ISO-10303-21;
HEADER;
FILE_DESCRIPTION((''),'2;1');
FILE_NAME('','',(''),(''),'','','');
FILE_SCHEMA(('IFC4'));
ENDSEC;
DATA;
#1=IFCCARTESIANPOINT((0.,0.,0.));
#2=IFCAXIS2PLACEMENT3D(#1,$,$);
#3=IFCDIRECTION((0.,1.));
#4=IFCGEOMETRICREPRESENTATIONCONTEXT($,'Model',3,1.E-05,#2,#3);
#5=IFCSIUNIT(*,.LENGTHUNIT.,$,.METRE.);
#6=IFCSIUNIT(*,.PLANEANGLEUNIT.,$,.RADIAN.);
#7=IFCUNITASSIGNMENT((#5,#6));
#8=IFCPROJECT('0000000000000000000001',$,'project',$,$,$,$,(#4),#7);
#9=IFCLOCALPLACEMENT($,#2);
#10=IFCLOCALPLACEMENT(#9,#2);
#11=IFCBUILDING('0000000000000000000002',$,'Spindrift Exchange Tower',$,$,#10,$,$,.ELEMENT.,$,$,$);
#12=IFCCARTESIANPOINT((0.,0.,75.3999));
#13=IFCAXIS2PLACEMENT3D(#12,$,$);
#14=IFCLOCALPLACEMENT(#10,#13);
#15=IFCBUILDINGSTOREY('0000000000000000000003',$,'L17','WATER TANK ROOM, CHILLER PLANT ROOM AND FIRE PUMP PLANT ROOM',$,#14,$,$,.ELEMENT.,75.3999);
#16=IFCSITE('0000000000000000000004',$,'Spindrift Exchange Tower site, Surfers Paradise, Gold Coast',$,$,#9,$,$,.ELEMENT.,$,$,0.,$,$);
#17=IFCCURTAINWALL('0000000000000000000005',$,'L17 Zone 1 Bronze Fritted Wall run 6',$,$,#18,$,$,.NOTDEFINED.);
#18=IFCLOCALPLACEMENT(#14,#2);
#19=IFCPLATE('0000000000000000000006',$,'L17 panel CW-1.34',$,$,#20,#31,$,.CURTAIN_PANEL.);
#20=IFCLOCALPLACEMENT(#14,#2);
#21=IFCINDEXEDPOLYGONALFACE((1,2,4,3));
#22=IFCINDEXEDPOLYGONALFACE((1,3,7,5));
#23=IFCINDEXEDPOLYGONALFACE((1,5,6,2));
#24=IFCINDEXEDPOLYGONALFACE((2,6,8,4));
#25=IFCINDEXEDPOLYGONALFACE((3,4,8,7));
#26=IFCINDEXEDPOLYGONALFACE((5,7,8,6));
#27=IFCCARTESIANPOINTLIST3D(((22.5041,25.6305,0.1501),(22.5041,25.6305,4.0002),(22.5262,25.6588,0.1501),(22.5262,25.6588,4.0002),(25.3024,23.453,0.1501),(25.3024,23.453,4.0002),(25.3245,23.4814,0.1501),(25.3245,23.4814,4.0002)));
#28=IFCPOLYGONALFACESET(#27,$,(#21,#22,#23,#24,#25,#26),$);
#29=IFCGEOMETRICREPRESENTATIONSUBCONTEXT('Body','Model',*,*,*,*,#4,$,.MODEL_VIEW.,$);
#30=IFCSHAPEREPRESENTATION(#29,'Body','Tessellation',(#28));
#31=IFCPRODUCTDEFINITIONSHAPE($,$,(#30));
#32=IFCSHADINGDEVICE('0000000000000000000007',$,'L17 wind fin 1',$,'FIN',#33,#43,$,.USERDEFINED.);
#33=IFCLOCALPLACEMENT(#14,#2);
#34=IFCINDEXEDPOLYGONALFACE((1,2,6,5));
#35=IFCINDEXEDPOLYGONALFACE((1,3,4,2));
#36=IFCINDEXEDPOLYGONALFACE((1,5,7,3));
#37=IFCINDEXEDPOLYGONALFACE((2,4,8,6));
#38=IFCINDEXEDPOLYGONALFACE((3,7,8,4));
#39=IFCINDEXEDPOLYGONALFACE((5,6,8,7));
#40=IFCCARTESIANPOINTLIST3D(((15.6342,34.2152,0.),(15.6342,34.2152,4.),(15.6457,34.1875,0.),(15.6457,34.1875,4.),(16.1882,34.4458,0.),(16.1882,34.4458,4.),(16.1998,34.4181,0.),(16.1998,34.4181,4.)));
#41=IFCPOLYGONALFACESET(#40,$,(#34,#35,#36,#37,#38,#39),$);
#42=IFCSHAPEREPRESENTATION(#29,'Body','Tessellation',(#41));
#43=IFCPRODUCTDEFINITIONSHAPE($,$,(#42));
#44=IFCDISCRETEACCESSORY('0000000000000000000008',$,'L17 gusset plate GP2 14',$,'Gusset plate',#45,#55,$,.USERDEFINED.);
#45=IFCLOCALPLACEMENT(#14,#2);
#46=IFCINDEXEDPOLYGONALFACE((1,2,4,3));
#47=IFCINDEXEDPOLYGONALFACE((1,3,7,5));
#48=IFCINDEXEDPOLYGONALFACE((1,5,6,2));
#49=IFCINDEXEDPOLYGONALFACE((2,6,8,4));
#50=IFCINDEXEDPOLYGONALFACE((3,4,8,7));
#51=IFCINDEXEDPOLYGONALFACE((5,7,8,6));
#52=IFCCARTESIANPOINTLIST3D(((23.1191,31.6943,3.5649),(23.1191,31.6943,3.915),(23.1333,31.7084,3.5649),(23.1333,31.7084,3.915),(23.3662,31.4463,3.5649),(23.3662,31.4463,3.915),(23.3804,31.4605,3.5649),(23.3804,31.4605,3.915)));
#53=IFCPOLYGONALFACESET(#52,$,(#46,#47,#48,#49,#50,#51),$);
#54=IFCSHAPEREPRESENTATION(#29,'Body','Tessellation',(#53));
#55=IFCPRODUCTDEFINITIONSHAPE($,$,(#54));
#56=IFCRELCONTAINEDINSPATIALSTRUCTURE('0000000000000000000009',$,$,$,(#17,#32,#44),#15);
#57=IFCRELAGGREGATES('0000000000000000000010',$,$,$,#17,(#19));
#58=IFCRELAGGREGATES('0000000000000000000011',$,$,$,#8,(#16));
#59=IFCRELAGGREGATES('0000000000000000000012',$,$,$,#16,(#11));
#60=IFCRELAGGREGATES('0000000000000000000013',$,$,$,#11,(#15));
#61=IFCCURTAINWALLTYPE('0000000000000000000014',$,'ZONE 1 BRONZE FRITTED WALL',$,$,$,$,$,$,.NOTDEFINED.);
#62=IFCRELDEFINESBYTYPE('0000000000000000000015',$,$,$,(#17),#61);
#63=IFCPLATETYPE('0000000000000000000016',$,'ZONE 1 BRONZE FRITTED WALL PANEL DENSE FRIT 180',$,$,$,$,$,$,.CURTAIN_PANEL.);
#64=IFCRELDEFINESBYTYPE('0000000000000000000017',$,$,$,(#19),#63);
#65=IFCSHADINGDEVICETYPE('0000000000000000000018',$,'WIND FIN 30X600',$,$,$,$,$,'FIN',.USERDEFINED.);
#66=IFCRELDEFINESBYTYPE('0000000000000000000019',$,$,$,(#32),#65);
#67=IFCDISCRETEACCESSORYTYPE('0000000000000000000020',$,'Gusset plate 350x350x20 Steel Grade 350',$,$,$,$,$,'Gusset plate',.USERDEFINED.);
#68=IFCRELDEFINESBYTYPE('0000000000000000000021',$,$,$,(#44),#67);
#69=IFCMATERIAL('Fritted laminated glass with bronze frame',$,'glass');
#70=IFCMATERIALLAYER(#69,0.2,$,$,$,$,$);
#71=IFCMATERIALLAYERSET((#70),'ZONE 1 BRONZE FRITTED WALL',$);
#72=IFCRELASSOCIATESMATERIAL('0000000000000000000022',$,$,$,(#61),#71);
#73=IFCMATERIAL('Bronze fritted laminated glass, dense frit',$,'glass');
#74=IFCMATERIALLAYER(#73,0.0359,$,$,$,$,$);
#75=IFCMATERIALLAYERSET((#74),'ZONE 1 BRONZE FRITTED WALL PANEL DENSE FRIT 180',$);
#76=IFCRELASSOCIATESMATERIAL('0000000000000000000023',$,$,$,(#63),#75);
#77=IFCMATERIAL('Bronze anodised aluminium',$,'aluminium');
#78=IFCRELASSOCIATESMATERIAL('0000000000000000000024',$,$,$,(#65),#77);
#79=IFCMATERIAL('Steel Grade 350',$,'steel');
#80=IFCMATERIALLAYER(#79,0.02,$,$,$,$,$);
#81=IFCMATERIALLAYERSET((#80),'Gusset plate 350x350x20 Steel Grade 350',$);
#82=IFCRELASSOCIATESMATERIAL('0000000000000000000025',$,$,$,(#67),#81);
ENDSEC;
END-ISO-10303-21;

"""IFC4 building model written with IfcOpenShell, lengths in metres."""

from ifc_helpers import new_model, si_unit, direction, frame, origin, origin_2d, place, context, subcontext, project, spatial, rectangle, extrude, source, transform, mapped, material, layer, layer_set, material_profile, profile_set, type_object, element, aggregate, save


model = new_model("IFC4")

# Units and contexts
model_context = context("Model", 3, precision=1e-05, world=origin(), true_north=direction((0.0, 1.0)))
body_context = subcontext(model_context, "Body", "Model", "MODEL_VIEW")
ifc_project = project(units=[si_unit("LENGTHUNIT", "METRE"), si_unit("PLANEANGLEUNIT", "RADIAN")], contexts=[model_context])

# Site, building, storey
site_placement = place(None, origin())
site = spatial("IfcSite", under=ifc_project, at=site_placement, Name="Spindrift Exchange Tower site, Surfers Paradise, Gold Coast", CompositionType="ELEMENT", RefElevation=0.0)
building_placement = place(site_placement, origin())
building = spatial("IfcBuilding", under=site, at=building_placement, Name="Spindrift Exchange Tower", CompositionType="ELEMENT")
storey_placement = place(building_placement, frame((0.0, 0.0, 75.3999)))
storey = spatial("IfcBuildingStorey", under=building, at=storey_placement, Name="L17", Description="WATER TANK ROOM, CHILLER PLANT ROOM AND FIRE PUMP PLANT ROOM", CompositionType="ELEMENT", Elevation=75.3999)

# Shared definitions
ifc_material_1 = material(Name="Steel Grade 350", Category="steel")

# Curtain wall
ifc_material_2 = material(Name="Fritted laminated glass with bronze frame", Category="glass")
ifc_layer_1 = layer(ifc_material_2, 0.2)
ifc_layer_set_1 = layer_set([ifc_layer_1], Name="ZONE 1 BRONZE FRITTED WALL")
curtain_wall_type = type_object("IfcCurtainWallType", Name="ZONE 1 BRONZE FRITTED WALL", PredefinedType="NOTDEFINED", material=ifc_layer_set_1)
curtain_wall_placement = place(storey_placement, origin())
curtain_wall = element("IfcCurtainWall", 1, at=curtain_wall_placement, inside=storey, type_object=curtain_wall_type, Name="L17 Zone 1 Bronze Fritted Wall run 6", PredefinedType="NOTDEFINED")
ifc_material_3 = material(Name="Bronze anodised aluminium", Category="aluminium")

# Plate
ifc_material_4 = material(Name="Bronze fritted laminated glass, dense frit", Category="glass")
ifc_layer_2 = layer(ifc_material_4, 0.0359)
ifc_layer_set_2 = layer_set([ifc_layer_2], Name="ZONE 1 BRONZE FRITTED WALL PANEL DENSE FRIT 180")
plate_type_1 = type_object("IfcPlateType", Name="ZONE 1 BRONZE FRITTED WALL PANEL DENSE FRIT 180", PredefinedType="CURTAIN_PANEL", material=ifc_layer_set_2)
shared_shape_1 = source(origin(), body_context, "Body", "SweptSolid", [
    extrude(rectangle(XDim=3.5457, YDim=0.0359, at=origin_2d()), origin(), (0.0, 0.0, 1.0), 3.8501),
])
plate_1_placement = place(storey_placement, frame((23.9143, 24.5559, 0.1501), z_axis=(0.0, 0.0, 1.0), x_axis=(0.789223, -0.614106, 0.0)))
plate_1 = element("IfcPlate", 2, at=plate_1_placement, type_object=plate_type_1, Name="L17 panel CW-1.34", PredefinedType="CURTAIN_PANEL", context=body_context, shape_type="MappedRepresentation", body=[
    mapped(shared_shape_1, transform((0.0, 0.0, 0.0), scale=1.0)),
])
aggregate(curtain_wall, [plate_1])

# Shading device
ifc_material_profile_1 = material_profile(ifc_material_3, rectangle(XDim=0.03, YDim=0.6001, at=origin_2d()), Name="WIND FIN 30X600")
ifc_profile_set_1 = profile_set([ifc_material_profile_1], Name="Bronze anodised aluminium")
shading_device_type = type_object("IfcShadingDeviceType", Name="WIND FIN 30X600", ElementType="FIN", PredefinedType="USERDEFINED", material=ifc_profile_set_1)
shared_shape_2 = source(origin(), body_context, "Body", "SweptSolid", [
    extrude(rectangle(XDim=0.03, YDim=0.6001, at=origin_2d()), origin(), (0.0, 0.0, 1.0), 4.0),
])
shading_device_placement = place(storey_placement, frame((15.917, 34.3167, 0.0), z_axis=(0.0, 0.0, 1.0), x_axis=(0.384224, -0.92324, 0.0)))
element("IfcShadingDevice", 3, at=shading_device_placement, inside=storey, type_object=shading_device_type, Name="L17 wind fin 1", ObjectType="FIN", PredefinedType="USERDEFINED", context=body_context, shape_type="MappedRepresentation", body=[
    mapped(shared_shape_2, transform((0.0, 0.0, 0.0), scale=1.0)),
])

# Discrete accessory
ifc_layer_3 = layer(ifc_material_1, 0.02)
ifc_layer_set_3 = layer_set([ifc_layer_3], Name="Gusset plate 350x350x20 Steel Grade 350")
discrete_accessory_type = type_object("IfcDiscreteAccessoryType", Name="Gusset plate 350x350x20 Steel Grade 350", ElementType="Gusset plate", PredefinedType="USERDEFINED", material=ifc_layer_set_3)
shared_shape_3 = source(origin(), body_context, "Body", "SweptSolid", [
    extrude(rectangle(XDim=0.3501, YDim=0.02, at=origin_2d()), origin(), (0.0, 0.0, 1.0), 0.3501),
])
discrete_accessory_placement = place(storey_placement, frame((23.2498, 31.5774, 3.5649), z_axis=(0.0, 0.0, 1.0), x_axis=(0.705964, -0.708247, 0.0)))
element("IfcDiscreteAccessory", 4, at=discrete_accessory_placement, inside=storey, type_object=discrete_accessory_type, Name="L17 gusset plate GP2 14", ObjectType="Gusset plate", PredefinedType="USERDEFINED", context=body_context, shape_type="MappedRepresentation", body=[
    mapped(shared_shape_3, transform((0.0, 0.0, 0.0), scale=1.0)),
])

save(model, "model.ifc")
